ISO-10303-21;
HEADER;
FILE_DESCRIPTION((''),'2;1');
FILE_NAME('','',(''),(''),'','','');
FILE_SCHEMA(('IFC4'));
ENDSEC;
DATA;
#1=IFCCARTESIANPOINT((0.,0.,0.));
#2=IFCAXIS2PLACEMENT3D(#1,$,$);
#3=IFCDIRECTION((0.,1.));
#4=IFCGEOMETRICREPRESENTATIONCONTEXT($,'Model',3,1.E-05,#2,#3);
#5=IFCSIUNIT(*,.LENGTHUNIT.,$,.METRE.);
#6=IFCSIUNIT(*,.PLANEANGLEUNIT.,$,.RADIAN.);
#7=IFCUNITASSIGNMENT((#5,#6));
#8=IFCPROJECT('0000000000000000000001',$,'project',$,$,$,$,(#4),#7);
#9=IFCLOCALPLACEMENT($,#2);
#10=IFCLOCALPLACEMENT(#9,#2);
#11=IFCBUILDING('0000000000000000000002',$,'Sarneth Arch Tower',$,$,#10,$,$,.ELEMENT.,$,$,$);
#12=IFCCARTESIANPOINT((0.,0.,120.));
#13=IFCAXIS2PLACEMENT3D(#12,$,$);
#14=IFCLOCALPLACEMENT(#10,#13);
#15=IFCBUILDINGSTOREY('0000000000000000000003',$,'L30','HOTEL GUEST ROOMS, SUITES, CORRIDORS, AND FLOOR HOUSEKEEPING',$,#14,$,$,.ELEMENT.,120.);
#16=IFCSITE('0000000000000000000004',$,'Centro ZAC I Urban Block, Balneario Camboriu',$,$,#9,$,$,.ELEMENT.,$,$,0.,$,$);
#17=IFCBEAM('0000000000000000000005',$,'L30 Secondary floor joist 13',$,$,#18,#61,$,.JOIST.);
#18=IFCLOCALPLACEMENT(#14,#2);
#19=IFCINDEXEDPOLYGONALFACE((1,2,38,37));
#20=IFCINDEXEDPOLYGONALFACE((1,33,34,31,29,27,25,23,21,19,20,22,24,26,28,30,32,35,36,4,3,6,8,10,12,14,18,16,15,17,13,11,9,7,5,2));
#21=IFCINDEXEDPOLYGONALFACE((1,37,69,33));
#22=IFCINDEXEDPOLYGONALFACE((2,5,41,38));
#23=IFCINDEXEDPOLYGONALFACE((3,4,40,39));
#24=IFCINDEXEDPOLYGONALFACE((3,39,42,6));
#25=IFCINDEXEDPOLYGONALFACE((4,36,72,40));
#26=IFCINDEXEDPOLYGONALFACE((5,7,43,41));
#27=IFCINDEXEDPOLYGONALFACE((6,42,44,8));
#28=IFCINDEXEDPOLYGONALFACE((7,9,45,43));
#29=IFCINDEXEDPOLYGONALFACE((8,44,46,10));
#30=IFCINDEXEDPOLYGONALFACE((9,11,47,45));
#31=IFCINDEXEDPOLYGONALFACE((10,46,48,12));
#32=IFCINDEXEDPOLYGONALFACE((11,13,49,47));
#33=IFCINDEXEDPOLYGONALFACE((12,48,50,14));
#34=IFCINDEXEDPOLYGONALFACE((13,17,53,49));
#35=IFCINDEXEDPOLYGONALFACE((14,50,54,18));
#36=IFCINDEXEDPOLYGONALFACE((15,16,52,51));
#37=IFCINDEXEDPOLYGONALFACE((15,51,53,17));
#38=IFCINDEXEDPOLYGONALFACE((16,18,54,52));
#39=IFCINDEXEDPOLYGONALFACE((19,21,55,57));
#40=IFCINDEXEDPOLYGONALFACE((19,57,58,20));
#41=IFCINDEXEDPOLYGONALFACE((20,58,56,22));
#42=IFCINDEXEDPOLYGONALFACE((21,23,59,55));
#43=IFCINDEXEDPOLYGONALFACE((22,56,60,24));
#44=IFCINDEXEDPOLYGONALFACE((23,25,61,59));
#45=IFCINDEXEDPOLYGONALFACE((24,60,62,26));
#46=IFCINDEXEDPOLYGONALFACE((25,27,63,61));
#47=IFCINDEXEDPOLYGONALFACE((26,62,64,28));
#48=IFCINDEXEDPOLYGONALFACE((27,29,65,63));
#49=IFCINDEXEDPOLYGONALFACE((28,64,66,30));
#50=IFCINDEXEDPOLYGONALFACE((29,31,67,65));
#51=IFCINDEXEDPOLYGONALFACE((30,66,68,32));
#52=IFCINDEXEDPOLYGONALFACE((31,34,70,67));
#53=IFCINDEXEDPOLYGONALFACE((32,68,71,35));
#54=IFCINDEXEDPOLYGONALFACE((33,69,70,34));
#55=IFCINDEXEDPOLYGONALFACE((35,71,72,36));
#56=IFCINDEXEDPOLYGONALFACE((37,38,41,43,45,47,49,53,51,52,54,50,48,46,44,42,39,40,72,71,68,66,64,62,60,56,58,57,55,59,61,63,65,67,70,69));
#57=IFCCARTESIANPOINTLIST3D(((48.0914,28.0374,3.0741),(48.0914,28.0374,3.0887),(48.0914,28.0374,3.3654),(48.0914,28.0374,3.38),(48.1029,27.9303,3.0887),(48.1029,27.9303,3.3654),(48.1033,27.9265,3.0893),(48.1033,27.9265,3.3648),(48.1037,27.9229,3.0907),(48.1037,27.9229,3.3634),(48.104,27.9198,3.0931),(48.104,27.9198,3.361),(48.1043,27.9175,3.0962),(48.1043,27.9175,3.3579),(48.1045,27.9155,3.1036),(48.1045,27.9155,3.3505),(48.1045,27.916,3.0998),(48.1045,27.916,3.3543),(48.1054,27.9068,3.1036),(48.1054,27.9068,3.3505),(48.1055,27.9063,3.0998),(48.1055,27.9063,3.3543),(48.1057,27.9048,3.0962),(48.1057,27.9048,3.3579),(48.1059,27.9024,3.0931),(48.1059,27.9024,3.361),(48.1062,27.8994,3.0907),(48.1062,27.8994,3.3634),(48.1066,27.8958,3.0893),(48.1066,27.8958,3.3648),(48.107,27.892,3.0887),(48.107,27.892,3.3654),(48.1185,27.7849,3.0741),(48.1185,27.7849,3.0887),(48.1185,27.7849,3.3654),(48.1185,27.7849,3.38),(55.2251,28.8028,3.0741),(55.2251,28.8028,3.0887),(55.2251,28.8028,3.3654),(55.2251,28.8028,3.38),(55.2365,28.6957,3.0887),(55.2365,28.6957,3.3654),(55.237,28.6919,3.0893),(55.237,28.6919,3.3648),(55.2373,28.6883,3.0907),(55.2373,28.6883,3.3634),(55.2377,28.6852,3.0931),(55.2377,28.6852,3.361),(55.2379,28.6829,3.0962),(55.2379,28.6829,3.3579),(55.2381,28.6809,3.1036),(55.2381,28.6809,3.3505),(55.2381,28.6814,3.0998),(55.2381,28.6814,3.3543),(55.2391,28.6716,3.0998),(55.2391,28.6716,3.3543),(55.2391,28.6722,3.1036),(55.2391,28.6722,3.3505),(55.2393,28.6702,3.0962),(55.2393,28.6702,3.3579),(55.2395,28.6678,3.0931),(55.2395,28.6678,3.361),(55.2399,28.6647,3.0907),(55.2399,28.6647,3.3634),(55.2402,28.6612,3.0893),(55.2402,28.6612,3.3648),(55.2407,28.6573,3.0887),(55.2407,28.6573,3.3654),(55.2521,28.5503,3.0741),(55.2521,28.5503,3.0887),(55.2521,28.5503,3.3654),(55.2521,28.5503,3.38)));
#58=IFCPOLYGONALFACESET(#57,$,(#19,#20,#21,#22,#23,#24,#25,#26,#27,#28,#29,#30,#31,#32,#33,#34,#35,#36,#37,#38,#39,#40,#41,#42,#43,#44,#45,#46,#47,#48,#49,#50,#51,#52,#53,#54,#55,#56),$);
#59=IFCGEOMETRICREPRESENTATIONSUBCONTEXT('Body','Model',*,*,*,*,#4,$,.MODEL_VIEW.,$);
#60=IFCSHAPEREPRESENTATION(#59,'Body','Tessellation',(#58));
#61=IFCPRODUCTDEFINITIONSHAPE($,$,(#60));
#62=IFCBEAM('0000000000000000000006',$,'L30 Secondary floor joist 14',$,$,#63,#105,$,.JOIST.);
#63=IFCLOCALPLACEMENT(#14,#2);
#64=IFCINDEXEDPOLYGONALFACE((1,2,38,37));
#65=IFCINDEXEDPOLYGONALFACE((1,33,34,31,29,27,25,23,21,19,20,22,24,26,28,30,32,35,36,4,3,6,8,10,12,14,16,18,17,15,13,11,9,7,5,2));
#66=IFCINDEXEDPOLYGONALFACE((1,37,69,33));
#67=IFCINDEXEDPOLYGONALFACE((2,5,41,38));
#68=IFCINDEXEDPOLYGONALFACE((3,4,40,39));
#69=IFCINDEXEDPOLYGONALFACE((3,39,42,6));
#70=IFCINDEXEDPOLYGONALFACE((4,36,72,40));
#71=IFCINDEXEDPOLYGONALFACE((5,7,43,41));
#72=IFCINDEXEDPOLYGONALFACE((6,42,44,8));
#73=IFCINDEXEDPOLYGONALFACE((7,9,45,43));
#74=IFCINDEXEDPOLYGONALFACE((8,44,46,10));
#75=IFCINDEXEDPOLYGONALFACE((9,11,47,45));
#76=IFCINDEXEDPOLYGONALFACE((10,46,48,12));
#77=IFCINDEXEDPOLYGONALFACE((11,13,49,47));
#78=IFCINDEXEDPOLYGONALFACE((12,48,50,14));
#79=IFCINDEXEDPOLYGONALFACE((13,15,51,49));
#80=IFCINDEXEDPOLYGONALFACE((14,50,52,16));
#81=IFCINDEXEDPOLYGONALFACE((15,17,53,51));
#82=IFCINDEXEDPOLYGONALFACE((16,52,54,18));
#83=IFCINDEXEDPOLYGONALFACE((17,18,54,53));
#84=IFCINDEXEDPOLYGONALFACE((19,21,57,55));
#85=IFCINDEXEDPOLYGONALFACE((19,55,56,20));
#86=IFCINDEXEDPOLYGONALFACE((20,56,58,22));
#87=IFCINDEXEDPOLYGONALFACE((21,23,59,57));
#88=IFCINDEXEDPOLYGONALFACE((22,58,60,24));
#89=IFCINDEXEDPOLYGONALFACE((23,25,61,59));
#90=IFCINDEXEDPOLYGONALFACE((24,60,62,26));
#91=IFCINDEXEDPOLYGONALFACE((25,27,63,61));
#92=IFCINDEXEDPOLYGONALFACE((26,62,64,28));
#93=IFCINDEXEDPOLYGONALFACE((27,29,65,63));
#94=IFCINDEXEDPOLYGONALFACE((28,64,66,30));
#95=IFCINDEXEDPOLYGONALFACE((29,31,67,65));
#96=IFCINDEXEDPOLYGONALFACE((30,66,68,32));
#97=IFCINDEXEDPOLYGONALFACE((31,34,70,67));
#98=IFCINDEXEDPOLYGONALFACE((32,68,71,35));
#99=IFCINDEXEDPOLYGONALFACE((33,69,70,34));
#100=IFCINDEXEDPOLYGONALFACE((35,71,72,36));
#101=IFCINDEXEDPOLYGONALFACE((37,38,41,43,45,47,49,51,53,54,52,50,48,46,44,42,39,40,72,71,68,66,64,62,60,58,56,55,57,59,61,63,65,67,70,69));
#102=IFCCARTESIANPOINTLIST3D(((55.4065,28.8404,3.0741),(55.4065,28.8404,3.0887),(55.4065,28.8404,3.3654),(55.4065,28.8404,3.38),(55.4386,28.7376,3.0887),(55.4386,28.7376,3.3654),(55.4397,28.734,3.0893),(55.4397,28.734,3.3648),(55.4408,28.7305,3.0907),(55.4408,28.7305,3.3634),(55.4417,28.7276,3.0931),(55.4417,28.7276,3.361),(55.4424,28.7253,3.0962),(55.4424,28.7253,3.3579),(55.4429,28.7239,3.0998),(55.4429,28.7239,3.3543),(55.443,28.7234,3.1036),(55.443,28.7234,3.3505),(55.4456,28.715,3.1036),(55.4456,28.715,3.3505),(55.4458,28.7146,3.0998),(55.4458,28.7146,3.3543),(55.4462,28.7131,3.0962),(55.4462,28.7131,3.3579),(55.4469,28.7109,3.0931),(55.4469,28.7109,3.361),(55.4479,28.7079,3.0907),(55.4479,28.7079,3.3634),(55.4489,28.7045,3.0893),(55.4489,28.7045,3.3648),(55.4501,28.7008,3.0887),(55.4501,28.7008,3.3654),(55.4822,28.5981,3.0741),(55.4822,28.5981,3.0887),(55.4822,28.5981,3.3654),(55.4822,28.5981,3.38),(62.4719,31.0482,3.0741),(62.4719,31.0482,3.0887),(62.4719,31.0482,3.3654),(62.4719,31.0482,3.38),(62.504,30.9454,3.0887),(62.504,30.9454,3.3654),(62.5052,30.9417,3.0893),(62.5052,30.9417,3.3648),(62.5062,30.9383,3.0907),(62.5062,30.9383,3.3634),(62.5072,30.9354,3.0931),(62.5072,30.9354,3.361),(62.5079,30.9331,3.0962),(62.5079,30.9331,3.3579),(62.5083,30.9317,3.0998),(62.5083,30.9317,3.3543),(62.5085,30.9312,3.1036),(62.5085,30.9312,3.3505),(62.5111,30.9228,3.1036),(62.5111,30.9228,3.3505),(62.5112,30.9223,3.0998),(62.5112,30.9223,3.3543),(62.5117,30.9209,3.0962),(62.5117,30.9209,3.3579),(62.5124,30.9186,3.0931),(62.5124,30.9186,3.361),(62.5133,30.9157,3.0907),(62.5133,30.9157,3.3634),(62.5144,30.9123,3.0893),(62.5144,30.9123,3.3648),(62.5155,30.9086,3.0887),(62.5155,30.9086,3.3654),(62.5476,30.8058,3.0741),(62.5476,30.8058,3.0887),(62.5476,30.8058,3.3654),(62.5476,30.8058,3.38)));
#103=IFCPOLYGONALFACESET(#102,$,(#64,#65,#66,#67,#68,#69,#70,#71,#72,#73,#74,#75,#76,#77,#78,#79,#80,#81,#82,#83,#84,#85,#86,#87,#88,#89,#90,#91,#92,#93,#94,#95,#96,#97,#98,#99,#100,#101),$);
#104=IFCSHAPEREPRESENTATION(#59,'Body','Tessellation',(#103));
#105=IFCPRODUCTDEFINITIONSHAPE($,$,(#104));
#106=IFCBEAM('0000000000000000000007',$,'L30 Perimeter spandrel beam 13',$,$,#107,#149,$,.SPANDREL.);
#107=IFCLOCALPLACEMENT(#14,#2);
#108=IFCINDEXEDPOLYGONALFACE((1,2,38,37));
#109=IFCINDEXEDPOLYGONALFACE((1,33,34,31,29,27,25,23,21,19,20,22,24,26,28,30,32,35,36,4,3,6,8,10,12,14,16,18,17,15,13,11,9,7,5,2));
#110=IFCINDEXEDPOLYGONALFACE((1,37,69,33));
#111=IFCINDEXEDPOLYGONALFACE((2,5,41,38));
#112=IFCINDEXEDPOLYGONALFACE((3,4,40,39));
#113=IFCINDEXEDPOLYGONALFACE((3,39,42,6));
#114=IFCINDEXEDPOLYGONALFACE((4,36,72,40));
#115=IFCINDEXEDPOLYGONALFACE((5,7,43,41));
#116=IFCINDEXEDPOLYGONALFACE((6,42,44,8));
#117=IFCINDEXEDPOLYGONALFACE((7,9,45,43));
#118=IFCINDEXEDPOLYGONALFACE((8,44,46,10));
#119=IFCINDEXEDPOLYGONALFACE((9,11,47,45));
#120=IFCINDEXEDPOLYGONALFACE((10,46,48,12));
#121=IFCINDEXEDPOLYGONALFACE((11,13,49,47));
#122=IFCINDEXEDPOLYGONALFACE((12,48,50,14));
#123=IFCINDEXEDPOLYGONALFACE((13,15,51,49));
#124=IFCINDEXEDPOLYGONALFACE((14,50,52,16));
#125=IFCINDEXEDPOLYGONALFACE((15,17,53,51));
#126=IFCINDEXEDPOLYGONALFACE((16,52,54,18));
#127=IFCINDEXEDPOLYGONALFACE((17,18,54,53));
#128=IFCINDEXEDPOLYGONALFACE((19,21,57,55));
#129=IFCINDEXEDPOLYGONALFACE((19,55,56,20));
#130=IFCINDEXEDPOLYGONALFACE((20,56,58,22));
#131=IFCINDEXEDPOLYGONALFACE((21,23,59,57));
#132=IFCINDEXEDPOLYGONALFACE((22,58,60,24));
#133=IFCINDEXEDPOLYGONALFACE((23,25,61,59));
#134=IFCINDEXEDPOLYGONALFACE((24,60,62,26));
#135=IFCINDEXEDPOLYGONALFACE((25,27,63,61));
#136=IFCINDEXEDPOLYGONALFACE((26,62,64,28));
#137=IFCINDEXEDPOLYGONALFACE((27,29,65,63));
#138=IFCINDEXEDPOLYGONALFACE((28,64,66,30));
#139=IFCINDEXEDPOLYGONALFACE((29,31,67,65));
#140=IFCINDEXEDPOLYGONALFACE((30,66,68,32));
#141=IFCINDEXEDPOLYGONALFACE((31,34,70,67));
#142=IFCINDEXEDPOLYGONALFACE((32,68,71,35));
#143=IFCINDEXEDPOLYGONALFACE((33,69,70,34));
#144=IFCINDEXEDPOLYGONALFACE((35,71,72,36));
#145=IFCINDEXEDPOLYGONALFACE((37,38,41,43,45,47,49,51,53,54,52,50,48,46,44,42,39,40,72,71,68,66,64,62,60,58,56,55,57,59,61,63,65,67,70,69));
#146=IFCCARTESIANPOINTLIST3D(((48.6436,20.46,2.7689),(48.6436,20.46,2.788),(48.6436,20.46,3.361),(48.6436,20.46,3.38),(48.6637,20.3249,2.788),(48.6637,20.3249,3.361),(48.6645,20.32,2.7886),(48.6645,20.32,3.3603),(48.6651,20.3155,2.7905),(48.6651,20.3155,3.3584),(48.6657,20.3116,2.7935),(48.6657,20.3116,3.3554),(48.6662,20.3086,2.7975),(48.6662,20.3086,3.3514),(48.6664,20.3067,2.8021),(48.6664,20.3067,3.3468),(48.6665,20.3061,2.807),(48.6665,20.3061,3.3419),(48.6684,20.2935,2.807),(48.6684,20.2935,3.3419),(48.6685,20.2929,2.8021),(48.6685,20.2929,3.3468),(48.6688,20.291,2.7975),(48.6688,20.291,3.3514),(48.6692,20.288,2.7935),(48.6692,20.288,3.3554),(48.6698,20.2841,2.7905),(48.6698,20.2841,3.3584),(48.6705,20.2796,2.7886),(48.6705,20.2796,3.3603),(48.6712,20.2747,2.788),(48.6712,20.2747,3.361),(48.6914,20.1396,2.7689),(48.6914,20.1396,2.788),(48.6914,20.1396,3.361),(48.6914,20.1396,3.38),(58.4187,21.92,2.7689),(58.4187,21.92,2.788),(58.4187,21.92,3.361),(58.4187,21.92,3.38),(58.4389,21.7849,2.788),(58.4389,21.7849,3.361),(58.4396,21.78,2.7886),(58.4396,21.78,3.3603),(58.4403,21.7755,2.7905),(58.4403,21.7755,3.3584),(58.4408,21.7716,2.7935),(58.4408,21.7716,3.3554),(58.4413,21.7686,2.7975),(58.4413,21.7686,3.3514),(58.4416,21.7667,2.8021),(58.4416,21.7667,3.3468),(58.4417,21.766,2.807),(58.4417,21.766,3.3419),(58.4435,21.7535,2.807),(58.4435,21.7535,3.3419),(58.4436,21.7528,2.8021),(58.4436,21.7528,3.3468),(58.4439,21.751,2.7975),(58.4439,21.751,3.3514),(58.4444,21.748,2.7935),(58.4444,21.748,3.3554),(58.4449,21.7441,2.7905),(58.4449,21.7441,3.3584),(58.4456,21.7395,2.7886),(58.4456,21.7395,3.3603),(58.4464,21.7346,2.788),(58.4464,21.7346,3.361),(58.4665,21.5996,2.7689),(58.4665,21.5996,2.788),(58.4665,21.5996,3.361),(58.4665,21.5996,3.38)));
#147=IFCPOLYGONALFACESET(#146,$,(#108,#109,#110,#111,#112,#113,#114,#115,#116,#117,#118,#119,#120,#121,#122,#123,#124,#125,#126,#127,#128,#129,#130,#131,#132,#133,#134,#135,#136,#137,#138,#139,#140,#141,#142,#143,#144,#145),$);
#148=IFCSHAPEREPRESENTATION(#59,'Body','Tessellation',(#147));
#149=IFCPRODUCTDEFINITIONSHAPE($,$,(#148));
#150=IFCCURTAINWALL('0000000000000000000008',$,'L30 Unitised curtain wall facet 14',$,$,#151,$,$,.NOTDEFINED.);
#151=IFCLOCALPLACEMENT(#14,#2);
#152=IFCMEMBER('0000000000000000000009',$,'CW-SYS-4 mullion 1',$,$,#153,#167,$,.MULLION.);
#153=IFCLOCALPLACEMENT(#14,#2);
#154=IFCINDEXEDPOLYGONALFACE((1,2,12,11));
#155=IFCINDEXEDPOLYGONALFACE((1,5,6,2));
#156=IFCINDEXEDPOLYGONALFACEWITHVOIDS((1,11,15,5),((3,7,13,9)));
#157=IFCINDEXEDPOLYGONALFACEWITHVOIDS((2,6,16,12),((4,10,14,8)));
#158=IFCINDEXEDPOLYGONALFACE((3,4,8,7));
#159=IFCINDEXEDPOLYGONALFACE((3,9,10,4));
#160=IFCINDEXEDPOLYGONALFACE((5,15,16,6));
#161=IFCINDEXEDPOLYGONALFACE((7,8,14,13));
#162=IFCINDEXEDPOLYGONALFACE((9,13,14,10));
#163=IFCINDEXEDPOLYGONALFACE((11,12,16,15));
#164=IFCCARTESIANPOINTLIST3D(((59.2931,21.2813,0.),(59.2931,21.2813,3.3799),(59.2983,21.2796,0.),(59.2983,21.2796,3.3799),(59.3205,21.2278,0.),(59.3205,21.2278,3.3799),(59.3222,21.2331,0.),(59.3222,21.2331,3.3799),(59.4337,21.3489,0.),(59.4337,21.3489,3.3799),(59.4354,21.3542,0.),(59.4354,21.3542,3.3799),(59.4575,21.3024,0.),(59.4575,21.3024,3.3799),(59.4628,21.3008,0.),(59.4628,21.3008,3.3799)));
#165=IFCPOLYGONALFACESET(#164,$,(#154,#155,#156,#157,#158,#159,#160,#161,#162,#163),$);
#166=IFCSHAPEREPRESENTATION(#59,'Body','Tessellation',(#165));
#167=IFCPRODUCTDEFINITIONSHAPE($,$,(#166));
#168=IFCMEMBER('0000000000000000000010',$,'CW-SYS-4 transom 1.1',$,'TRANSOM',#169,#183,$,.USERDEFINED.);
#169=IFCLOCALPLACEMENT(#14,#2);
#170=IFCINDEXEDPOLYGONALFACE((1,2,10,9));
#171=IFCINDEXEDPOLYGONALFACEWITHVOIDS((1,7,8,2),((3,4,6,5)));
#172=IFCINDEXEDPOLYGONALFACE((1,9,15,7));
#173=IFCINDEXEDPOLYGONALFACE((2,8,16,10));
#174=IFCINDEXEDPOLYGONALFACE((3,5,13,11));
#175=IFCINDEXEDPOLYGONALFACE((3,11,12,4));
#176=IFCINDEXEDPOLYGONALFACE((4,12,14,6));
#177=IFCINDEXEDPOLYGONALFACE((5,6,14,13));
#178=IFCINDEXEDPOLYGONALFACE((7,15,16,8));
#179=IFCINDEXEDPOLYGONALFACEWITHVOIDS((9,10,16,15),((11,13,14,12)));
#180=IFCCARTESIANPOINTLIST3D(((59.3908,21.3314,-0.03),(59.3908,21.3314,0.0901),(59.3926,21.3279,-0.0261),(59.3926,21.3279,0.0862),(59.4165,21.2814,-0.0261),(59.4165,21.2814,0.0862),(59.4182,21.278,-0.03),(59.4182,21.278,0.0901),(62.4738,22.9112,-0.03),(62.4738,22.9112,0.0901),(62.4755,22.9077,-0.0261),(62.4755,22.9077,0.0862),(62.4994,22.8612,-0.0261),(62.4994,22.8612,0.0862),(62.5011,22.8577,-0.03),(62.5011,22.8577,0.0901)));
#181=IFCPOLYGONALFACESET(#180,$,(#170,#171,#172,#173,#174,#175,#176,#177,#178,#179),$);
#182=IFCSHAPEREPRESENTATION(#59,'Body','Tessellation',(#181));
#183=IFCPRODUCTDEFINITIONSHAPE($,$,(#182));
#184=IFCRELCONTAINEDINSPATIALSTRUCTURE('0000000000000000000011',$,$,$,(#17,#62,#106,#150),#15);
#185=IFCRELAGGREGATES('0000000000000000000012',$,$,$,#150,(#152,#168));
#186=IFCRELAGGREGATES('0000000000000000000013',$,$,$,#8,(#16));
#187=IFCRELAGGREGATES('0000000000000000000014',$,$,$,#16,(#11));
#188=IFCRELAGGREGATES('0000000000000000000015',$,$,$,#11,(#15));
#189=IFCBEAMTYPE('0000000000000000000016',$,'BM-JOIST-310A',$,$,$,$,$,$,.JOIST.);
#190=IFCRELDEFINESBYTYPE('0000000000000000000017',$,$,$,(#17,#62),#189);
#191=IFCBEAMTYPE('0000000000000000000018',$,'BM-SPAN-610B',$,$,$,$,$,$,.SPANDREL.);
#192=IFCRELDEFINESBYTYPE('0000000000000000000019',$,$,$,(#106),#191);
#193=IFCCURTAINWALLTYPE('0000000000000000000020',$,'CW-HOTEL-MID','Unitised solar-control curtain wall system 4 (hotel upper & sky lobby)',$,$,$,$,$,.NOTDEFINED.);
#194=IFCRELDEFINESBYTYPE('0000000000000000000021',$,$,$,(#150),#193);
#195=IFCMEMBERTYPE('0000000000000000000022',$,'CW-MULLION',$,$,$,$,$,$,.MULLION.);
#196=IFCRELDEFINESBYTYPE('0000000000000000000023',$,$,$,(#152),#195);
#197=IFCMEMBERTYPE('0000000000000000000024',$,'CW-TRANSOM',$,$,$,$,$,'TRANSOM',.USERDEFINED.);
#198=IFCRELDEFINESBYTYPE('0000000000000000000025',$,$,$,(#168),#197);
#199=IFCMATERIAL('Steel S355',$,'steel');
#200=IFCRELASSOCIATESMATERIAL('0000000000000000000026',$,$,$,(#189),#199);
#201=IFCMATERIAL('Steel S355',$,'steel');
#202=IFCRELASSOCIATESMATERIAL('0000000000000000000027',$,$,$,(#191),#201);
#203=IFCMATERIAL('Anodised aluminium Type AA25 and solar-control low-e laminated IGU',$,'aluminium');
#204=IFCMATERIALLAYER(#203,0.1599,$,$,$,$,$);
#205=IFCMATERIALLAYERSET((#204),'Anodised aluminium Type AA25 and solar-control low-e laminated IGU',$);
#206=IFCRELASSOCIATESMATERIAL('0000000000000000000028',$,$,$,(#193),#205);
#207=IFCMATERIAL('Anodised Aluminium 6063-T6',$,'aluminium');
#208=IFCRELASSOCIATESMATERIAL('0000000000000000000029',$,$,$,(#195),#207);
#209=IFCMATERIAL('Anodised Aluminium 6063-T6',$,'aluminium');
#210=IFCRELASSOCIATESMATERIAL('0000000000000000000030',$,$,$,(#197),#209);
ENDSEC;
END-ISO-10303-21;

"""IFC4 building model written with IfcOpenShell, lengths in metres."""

from ifc_helpers import new_model, si_unit, direction, frame, origin, origin_2d, place, context, subcontext, project, spatial, hollow_rectangle, i_section, extrude, material, layer, layer_set, material_profile, profile_set, type_object, element, aggregate, save


model = new_model("IFC4")

# Units and contexts
model_context = context("Model", 3, precision=1e-05, world=origin(), true_north=direction((0.0, 1.0)))
body_context = subcontext(model_context, "Body", "Model", "MODEL_VIEW")
ifc_project = project(units=[si_unit("LENGTHUNIT", "METRE"), si_unit("PLANEANGLEUNIT", "RADIAN")], contexts=[model_context])

# Site, building, storey
site_placement = place(None, origin())
site = spatial("IfcSite", under=ifc_project, at=site_placement, Name="Centro ZAC I Urban Block, Balneario Camboriu", CompositionType="ELEMENT", RefElevation=0.0)
building_placement = place(site_placement, origin())
building = spatial("IfcBuilding", under=site, at=building_placement, Name="Sarneth Arch Tower", CompositionType="ELEMENT")
storey_placement = place(building_placement, frame((0.0, 0.0, 120.0)))
storey = spatial("IfcBuildingStorey", under=building, at=storey_placement, Name="L30", Description="HOTEL GUEST ROOMS, SUITES, CORRIDORS, AND FLOOR HOUSEKEEPING", CompositionType="ELEMENT", Elevation=120.0)

# Beams
ifc_material_1 = material(Name="Steel S355", Category="steel")
ifc_material_profile_1 = material_profile(ifc_material_1, i_section(OverallWidth=0.2539, OverallDepth=0.3059, WebThickness=0.0088, FlangeThickness=0.0146, FilletRadius=0.0149, at=origin_2d()), Name="W310x79")
ifc_profile_set_1 = profile_set([ifc_material_profile_1], Name="Steel S355")
beam_type_1 = type_object("IfcBeamType", Name="BM-JOIST-310A", PredefinedType="JOIST", material=ifc_profile_set_1)
beam_1_placement = place(storey_placement, frame((48.105, 27.9111, 3.2271), z_axis=(0.994293, 0.106681, 0.0), x_axis=(-0.106681, 0.994293, 0.0)))
element("IfcBeam", 1, at=beam_1_placement, inside=storey, type_object=beam_type_1, Name="L30 Secondary floor joist 13", PredefinedType="JOIST", context=body_context, shape_type="SweptSolid", body=[
    extrude(i_section(OverallWidth=0.2539, OverallDepth=0.3059, WebThickness=0.0088, FlangeThickness=0.0146, FilletRadius=0.0149, at=origin_2d()), origin(), (0.0, 0.0, 1.0), 7.1746),
])
beam_2_placement = place(storey_placement, frame((55.4443, 28.7192, 3.2271), z_axis=(0.954487, 0.298252, 0.0), x_axis=(-0.298252, 0.954487, 0.0)))
element("IfcBeam", 2, at=beam_2_placement, inside=storey, type_object=beam_type_1, Name="L30 Secondary floor joist 14", PredefinedType="JOIST", context=body_context, shape_type="SweptSolid", body=[
    extrude(i_section(OverallWidth=0.2539, OverallDepth=0.3059, WebThickness=0.0088, FlangeThickness=0.0146, FilletRadius=0.0149, at=origin_2d()), origin(), (0.0, 0.0, 1.0), 7.4023),
])
ifc_material_2 = material(Name="Steel S355", Category="steel")
ifc_material_profile_2 = material_profile(ifc_material_2, i_section(OverallWidth=0.324, OverallDepth=0.6111, WebThickness=0.0127, FlangeThickness=0.019, FilletRadius=0.019, at=origin_2d()), Name="W610x155")
ifc_profile_set_2 = profile_set([ifc_material_profile_2], Name="Steel S355")
beam_type_2 = type_object("IfcBeamType", Name="BM-SPAN-610B", PredefinedType="SPANDREL", material=ifc_profile_set_2)
beam_3_placement = place(storey_placement, frame((48.6675, 20.2998, 3.0745), z_axis=(0.98903, 0.147716, 0.0), x_axis=(-0.147716, 0.98903, 0.0)))
element("IfcBeam", 3, at=beam_3_placement, inside=storey, type_object=beam_type_2, Name="L30 Perimeter spandrel beam 13", PredefinedType="SPANDREL", context=body_context, shape_type="SweptSolid", body=[
    extrude(i_section(OverallWidth=0.324, OverallDepth=0.6111, WebThickness=0.0127, FlangeThickness=0.019, FilletRadius=0.019, at=origin_2d()), origin(), (0.0, 0.0, 1.0), 9.8835),
])

# Curtain wall, members
ifc_material_3 = material(Name="Anodised aluminium Type AA25 and solar-control low-e laminated IGU", Category="aluminium")
ifc_layer_1 = layer(ifc_material_3, 0.1599)
ifc_layer_set_1 = layer_set([ifc_layer_1], Name="Anodised aluminium Type AA25 and solar-control low-e laminated IGU")
curtain_wall_type = type_object("IfcCurtainWallType", Name="CW-HOTEL-MID", Description="Unitised solar-control curtain wall system 4 (hotel upper & sky lobby)", PredefinedType="NOTDEFINED", material=ifc_layer_set_1)
curtain_wall_placement = place(storey_placement, origin())
curtain_wall = element("IfcCurtainWall", 4, at=curtain_wall_placement, inside=storey, type_object=curtain_wall_type, Name="L30 Unitised curtain wall facet 14", PredefinedType="NOTDEFINED")
ifc_material_4 = material(Name="Anodised Aluminium 6063-T6", Category="aluminium")
ifc_material_profile_3 = material_profile(ifc_material_4, hollow_rectangle(XDim=0.0601, YDim=0.1599, WallThickness=0.0039, at=origin_2d()), Name="AL-MULL-160x60x4")
ifc_profile_set_3 = profile_set([ifc_material_profile_3], Name="Anodised Aluminium 6063-T6")
member_type_1 = type_object("IfcMemberType", Name="CW-MULLION", PredefinedType="MULLION", material=ifc_profile_set_3)
member_1_placement = place(storey_placement, frame((59.3779, 21.291, 0.0), z_axis=(0.0, 0.0, 1.0), x_axis=(-0.456031, 0.889964, 0.0)))
member_1 = element("IfcMember", 5, at=member_1_placement, type_object=member_type_1, Name="CW-SYS-4 mullion 1", PredefinedType="MULLION", context=body_context, shape_type="SweptSolid", body=[
    extrude(hollow_rectangle(XDim=0.0601, YDim=0.1599, WallThickness=0.0039, at=origin_2d()), origin(), (0.0, 0.0, 1.0), 3.3799),
])
ifc_material_5 = material(Name="Anodised Aluminium 6063-T6", Category="aluminium")
ifc_material_profile_4 = material_profile(ifc_material_5, hollow_rectangle(XDim=0.0601, YDim=0.1201, WallThickness=0.0039, at=origin_2d()), Name="AL-TRAN-120x60x4")
ifc_profile_set_4 = profile_set([ifc_material_profile_4], Name="Anodised Aluminium 6063-T6")
member_type_2 = type_object("IfcMemberType", Name="CW-TRANSOM", ElementType="TRANSOM", PredefinedType="USERDEFINED", material=ifc_profile_set_4)
member_2_placement = place(storey_placement, frame((59.4045, 21.3047, 0.03), z_axis=(0.889958, 0.456043, 0.0), x_axis=(-0.456043, 0.889958, 0.0)))
member_2 = element("IfcMember", 6, at=member_2_placement, type_object=member_type_2, Name="CW-SYS-4 transom 1.1", ObjectType="TRANSOM", PredefinedType="USERDEFINED", context=body_context, shape_type="SweptSolid", body=[
    extrude(hollow_rectangle(XDim=0.0601, YDim=0.1201, WallThickness=0.0039, at=origin_2d()), origin(), (0.0, 0.0, 1.0), 3.4641),
])
aggregate(curtain_wall, [member_1, member_2])

save(model, "model.ifc")
